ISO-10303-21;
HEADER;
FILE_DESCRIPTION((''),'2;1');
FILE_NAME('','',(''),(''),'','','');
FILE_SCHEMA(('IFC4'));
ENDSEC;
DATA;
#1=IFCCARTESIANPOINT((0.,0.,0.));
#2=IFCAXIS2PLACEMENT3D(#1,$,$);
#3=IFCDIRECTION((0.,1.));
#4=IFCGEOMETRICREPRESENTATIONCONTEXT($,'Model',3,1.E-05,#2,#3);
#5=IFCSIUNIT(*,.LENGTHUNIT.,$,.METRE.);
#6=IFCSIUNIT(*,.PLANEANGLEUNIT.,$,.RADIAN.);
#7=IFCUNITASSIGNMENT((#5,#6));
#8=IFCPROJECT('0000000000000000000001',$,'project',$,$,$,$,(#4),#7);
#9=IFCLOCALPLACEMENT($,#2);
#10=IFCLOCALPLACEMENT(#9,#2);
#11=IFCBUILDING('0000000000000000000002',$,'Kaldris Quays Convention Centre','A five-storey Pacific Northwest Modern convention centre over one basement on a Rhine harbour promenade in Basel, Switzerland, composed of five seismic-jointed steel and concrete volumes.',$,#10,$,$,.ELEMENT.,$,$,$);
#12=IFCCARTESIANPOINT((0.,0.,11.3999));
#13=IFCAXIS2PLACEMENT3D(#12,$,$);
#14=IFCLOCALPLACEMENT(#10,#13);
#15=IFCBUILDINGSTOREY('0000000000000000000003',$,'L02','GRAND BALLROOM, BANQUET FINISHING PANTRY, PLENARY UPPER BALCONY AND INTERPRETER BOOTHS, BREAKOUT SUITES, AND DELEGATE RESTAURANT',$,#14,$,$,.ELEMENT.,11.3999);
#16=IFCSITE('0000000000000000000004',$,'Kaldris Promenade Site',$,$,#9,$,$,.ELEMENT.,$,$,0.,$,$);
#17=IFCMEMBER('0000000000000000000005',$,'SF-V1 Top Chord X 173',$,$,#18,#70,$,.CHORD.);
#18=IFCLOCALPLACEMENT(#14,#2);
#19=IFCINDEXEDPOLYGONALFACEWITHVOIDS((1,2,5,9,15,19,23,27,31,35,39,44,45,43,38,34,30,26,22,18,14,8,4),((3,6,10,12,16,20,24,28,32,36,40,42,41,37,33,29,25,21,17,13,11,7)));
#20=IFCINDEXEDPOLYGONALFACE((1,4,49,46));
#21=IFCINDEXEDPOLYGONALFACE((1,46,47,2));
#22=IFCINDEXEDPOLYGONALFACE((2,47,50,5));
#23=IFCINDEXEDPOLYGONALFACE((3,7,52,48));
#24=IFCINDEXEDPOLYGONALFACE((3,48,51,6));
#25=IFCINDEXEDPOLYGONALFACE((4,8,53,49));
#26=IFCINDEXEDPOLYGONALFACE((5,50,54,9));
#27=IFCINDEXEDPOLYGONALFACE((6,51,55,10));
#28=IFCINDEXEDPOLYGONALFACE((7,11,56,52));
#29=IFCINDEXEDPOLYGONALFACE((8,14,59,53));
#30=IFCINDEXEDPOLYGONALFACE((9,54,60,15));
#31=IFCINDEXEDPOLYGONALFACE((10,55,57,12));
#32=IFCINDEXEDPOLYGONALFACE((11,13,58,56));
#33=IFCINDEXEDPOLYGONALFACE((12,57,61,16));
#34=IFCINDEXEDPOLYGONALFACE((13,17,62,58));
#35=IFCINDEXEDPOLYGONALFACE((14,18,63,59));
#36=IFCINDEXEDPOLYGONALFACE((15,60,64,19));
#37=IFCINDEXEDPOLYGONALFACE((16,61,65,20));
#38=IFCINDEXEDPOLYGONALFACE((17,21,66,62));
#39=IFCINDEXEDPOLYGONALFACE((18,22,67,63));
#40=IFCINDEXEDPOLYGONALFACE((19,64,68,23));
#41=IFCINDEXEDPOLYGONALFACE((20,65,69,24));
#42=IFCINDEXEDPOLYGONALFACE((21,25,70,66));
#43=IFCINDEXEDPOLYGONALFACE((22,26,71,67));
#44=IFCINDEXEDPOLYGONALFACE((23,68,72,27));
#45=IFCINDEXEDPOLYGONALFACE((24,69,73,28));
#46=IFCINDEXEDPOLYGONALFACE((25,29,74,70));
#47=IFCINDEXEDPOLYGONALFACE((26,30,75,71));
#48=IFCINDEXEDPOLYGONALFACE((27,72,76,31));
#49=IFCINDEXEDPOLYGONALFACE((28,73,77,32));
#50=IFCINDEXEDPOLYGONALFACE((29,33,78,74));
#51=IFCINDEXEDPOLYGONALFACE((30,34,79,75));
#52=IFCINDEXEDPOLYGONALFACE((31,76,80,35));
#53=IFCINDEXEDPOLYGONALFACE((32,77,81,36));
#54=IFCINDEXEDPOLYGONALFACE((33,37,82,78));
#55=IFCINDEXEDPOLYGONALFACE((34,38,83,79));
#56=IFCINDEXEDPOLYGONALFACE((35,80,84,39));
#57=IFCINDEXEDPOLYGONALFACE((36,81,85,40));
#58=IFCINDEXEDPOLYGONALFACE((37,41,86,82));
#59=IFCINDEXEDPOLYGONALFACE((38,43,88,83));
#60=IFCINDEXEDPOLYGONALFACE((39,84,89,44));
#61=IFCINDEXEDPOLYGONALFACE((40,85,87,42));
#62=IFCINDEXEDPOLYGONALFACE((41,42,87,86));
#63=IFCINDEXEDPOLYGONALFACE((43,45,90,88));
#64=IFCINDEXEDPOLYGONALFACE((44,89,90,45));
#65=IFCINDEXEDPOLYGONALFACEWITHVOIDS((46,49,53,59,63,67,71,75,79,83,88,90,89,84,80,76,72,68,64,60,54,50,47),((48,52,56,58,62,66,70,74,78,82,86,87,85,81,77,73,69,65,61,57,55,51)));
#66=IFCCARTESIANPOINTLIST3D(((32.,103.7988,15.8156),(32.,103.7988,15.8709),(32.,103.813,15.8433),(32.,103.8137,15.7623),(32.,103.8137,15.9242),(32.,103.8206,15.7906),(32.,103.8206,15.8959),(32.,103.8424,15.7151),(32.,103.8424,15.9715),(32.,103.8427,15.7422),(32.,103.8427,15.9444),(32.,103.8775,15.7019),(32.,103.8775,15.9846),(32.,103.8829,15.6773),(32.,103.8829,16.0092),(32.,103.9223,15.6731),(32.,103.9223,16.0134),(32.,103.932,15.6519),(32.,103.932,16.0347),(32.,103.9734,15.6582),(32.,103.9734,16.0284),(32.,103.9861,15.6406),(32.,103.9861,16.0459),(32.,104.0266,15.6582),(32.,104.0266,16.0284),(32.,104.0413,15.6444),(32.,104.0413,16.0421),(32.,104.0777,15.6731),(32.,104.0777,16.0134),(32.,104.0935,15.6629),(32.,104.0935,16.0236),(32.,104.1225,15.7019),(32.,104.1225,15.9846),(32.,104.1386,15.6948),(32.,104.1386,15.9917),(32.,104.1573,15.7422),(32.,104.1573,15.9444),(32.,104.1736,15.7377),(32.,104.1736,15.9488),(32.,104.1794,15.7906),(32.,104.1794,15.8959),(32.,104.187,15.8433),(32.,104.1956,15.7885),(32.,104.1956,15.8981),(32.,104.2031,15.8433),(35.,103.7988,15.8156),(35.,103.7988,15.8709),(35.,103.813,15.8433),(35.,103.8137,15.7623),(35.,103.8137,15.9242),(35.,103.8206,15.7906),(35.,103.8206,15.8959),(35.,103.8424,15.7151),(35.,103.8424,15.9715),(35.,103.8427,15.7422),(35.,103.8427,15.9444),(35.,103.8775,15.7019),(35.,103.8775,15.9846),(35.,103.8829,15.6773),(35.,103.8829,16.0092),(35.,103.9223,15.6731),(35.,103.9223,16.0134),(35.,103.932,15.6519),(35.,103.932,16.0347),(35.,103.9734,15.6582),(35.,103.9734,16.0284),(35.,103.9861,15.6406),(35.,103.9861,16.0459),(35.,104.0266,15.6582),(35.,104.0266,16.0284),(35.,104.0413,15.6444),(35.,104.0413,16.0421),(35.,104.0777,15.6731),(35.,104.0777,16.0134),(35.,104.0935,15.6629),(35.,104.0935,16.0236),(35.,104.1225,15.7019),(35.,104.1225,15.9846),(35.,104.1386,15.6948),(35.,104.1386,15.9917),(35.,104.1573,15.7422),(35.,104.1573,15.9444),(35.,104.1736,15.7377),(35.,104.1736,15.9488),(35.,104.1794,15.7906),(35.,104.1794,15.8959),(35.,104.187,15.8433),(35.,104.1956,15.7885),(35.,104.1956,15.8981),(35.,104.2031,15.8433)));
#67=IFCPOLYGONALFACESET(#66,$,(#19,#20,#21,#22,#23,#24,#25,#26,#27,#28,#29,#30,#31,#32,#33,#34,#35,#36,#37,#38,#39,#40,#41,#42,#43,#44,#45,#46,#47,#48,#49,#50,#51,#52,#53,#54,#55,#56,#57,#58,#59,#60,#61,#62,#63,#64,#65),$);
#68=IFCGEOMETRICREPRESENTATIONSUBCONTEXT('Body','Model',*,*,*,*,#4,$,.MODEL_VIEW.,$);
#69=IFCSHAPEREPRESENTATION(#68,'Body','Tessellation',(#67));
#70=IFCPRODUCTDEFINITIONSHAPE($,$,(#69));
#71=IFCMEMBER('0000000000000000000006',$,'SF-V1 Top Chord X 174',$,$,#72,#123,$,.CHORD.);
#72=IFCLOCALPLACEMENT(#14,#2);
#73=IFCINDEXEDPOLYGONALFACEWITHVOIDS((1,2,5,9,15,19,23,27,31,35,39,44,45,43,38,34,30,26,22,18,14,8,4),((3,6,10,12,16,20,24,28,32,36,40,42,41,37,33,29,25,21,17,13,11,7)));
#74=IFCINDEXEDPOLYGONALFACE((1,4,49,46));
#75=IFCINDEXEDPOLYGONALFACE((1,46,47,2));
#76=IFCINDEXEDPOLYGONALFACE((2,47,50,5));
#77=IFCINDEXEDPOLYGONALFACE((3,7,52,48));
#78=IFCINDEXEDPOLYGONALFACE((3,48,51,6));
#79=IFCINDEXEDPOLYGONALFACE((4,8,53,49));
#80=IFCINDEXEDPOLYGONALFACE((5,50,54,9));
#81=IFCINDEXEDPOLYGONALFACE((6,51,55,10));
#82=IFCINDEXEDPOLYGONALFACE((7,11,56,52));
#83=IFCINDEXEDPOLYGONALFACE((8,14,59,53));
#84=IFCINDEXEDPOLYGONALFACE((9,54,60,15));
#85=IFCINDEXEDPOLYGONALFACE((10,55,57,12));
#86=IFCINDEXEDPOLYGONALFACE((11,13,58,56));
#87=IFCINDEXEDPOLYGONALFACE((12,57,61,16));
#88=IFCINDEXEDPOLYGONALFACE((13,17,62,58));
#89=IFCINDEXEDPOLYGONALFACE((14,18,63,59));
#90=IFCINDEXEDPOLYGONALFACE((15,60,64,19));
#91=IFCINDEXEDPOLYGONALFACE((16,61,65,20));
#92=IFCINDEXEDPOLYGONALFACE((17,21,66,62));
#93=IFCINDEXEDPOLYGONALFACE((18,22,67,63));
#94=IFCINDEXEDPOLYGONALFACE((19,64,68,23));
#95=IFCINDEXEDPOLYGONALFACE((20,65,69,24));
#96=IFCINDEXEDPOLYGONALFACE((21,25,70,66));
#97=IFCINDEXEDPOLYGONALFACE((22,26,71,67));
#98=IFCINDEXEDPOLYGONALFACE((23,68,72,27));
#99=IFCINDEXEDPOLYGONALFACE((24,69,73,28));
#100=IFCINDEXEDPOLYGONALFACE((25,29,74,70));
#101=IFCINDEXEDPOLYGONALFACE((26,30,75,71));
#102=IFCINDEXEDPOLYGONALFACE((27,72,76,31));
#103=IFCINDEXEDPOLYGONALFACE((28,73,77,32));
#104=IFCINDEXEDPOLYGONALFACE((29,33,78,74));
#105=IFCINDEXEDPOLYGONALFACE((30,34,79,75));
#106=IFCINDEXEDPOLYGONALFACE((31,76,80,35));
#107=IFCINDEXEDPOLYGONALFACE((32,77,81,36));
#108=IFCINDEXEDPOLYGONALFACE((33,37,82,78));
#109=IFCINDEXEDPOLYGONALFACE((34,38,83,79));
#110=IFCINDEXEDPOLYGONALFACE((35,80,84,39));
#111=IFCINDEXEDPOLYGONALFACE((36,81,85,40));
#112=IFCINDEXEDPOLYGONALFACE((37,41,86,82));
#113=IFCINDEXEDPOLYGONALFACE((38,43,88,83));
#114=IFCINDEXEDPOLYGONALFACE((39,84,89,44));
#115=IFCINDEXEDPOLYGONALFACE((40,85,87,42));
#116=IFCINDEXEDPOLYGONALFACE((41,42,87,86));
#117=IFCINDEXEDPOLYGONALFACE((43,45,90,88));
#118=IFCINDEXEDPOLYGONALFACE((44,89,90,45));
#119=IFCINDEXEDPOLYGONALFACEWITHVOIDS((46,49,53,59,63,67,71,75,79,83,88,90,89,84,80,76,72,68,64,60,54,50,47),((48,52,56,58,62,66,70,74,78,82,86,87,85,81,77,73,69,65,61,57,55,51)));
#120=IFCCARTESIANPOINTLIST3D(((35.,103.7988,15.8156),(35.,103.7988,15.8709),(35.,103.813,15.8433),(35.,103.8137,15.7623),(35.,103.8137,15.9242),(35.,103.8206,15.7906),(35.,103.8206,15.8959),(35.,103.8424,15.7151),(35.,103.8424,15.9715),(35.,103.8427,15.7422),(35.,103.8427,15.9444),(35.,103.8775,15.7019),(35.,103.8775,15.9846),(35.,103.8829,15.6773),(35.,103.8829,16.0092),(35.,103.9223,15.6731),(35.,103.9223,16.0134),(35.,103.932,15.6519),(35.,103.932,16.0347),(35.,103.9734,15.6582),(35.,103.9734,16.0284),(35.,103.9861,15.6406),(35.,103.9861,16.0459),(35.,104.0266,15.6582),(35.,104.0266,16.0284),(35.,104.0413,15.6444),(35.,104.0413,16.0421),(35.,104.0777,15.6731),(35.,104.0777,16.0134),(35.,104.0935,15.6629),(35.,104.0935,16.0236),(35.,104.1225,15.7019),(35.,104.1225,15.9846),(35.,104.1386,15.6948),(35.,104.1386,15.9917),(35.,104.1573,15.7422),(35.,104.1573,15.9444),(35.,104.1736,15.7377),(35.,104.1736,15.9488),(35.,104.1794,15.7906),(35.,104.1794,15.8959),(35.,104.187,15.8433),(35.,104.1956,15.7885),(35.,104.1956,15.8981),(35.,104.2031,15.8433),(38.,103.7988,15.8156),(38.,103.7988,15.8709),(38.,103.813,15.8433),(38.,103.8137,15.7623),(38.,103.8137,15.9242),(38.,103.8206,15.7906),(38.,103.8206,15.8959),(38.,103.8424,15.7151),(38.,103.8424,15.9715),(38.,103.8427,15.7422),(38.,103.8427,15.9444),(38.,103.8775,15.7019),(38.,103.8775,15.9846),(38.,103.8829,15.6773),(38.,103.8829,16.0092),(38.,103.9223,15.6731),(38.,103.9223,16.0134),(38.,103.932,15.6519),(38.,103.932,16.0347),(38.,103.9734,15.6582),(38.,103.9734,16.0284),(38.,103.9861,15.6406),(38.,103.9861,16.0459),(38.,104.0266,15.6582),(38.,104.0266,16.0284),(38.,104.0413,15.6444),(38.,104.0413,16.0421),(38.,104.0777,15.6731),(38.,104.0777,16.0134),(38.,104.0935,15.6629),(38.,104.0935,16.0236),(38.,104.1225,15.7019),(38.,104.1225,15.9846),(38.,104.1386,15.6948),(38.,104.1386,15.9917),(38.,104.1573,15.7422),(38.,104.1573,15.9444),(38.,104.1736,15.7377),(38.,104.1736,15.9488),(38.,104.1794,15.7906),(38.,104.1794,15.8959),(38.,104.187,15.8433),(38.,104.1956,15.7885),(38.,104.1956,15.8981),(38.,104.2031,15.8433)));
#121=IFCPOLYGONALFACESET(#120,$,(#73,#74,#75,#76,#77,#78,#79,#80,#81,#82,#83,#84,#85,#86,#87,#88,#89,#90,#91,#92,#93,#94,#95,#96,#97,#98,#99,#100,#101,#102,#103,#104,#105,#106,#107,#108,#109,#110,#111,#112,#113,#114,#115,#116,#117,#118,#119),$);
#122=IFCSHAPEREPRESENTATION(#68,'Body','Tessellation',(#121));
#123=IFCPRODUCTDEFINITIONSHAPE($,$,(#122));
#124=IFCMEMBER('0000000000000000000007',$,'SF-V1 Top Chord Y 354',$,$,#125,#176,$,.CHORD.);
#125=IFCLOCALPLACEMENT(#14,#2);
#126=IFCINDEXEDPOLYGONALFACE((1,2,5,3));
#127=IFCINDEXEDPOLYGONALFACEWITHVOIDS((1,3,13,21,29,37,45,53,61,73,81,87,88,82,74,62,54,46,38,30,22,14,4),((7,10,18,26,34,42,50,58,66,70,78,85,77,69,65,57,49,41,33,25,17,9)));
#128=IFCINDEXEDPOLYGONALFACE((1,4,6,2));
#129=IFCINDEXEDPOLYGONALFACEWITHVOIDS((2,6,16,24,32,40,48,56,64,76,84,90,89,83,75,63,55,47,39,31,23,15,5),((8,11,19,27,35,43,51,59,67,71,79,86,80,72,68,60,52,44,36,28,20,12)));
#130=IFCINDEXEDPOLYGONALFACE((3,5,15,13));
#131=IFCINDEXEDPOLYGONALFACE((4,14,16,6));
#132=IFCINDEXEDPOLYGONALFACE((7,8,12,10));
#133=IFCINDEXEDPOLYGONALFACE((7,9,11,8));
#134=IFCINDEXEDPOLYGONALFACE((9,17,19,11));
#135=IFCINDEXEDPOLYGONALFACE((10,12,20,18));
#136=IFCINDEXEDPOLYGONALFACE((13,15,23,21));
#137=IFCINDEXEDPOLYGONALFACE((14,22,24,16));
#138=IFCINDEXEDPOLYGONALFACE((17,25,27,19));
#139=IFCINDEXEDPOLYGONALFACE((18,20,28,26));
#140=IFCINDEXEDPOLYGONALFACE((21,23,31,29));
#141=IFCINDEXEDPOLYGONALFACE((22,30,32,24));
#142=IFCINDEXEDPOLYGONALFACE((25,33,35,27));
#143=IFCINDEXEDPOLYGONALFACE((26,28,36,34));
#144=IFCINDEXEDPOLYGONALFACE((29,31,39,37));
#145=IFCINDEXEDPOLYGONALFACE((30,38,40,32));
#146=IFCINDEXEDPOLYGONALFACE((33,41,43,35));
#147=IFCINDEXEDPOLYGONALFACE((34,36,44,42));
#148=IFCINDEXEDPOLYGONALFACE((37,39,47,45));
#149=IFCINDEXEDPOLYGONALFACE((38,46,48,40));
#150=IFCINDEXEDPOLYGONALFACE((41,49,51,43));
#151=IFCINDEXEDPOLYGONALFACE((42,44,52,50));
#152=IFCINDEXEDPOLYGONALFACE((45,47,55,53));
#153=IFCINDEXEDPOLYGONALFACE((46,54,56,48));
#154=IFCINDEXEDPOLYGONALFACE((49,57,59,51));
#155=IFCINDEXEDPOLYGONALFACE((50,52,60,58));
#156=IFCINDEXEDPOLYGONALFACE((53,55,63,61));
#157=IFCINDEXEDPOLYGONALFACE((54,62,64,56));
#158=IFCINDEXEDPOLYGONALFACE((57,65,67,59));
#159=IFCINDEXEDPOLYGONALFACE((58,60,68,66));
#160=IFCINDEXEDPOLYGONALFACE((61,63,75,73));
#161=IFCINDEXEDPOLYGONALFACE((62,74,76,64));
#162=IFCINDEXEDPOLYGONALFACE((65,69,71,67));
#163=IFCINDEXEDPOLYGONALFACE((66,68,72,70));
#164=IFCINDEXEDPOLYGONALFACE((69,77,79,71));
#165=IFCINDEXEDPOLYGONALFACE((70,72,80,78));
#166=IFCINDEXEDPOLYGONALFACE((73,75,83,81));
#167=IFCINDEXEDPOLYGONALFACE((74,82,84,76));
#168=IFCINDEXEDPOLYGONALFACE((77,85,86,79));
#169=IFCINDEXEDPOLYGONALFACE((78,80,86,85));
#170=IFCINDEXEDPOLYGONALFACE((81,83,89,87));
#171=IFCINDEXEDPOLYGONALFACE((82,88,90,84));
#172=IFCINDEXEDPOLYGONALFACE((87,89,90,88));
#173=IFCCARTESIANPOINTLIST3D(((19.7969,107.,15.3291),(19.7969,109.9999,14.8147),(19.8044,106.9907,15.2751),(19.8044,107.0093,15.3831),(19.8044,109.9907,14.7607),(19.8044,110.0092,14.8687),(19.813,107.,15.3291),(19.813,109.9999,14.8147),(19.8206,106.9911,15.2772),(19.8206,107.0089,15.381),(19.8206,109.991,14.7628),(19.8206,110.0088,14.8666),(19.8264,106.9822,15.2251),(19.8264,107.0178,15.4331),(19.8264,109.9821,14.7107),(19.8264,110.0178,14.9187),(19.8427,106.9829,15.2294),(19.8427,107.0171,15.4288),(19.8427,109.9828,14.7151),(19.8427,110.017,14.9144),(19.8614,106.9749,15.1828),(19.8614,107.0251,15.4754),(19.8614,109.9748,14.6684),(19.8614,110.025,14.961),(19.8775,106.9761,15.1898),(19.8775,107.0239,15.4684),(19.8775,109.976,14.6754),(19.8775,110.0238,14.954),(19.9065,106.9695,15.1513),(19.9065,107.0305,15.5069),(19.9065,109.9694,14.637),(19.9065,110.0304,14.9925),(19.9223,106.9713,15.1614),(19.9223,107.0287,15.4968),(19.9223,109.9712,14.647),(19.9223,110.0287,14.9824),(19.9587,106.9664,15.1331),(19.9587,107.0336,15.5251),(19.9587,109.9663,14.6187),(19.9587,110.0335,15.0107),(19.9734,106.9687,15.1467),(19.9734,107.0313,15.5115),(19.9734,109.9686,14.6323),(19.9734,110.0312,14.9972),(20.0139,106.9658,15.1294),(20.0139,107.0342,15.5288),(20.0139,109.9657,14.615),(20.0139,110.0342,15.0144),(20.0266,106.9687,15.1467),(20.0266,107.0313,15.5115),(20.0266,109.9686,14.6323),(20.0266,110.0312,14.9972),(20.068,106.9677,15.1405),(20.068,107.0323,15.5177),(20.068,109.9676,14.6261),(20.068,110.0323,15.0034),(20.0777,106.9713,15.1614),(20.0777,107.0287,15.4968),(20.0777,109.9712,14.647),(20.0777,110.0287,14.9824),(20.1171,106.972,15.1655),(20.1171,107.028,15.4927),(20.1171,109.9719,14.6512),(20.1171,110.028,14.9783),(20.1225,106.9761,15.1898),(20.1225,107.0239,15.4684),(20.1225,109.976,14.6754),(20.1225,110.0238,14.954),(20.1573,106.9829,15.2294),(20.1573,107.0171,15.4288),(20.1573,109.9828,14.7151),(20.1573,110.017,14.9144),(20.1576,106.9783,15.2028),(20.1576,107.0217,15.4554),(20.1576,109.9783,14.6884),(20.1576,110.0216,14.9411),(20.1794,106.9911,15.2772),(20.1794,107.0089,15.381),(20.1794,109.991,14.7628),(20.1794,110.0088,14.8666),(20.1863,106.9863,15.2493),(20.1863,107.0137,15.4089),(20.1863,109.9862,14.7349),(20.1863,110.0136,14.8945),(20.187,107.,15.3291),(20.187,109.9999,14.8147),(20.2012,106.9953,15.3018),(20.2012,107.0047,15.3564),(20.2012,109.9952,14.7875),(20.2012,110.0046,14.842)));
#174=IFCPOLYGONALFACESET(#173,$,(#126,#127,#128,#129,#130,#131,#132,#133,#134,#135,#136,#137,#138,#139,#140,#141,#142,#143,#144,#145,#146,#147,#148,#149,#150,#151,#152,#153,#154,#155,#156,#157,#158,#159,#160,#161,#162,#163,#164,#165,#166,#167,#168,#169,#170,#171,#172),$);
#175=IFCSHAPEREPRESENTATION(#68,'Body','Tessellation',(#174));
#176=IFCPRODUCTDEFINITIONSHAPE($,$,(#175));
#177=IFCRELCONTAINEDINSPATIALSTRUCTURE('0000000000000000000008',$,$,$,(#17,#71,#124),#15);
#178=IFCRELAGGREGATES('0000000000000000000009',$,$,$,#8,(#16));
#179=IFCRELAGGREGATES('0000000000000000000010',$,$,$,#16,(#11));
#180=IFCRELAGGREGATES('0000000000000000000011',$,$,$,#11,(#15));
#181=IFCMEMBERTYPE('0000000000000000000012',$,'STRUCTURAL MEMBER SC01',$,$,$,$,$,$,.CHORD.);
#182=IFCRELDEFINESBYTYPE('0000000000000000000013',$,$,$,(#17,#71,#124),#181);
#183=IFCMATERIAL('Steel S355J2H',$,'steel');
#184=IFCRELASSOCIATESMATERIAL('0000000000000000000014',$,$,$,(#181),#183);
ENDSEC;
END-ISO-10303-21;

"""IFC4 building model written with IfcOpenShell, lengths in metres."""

from ifc_helpers import new_model, si_unit, direction, frame, origin, origin_2d, place, context, subcontext, project, spatial, hollow_circle, extrude, material, material_profile, profile_set, type_object, element, save


model = new_model("IFC4")

# Units and contexts
model_context = context("Model", 3, precision=1e-05, world=origin(), true_north=direction((0.0, 1.0)))
body_context = subcontext(model_context, "Body", "Model", "MODEL_VIEW")
ifc_project = project(units=[si_unit("LENGTHUNIT", "METRE"), si_unit("PLANEANGLEUNIT", "RADIAN")], contexts=[model_context])

# Site, building, storey
site_placement = place(None, origin())
site = spatial("IfcSite", under=ifc_project, at=site_placement, Name="Kaldris Promenade Site", CompositionType="ELEMENT", RefElevation=0.0)
building_placement = place(site_placement, origin())
building = spatial("IfcBuilding", under=site, at=building_placement, Name="Kaldris Quays Convention Centre", Description="A five-storey Pacific Northwest Modern convention centre over one basement on a Rhine harbour promenade in Basel, Switzerland, composed of five seismic-jointed steel and concrete volumes.", CompositionType="ELEMENT")
storey_placement = place(building_placement, frame((0.0, 0.0, 11.3999)))
storey = spatial("IfcBuildingStorey", under=building, at=storey_placement, Name="L02", Description="GRAND BALLROOM, BANQUET FINISHING PANTRY, PLENARY UPPER BALCONY AND INTERPRETER BOOTHS, BREAKOUT SUITES, AND DELEGATE RESTAURANT", CompositionType="ELEMENT", Elevation=11.3999)

# Members
ifc_material_1 = material(Name="Steel S355J2H", Category="steel")
ifc_material_profile_1 = material_profile(ifc_material_1, hollow_circle(Radius=0.2031, WallThickness=0.0161, at=origin_2d()), Name="CHS 406.4x16")
ifc_profile_set_1 = profile_set([ifc_material_profile_1], Name="Steel S355J2H")
member_type_1 = type_object("IfcMemberType", Name="STRUCTURAL MEMBER SC01", PredefinedType="CHORD", material=ifc_profile_set_1)
for number, where, z_axis, x_axis, name in (
    (1, (32.0, 104.0, 15.8433), (1.0, 0.0, 0.0), (0.0, 1.0, 0.0), "SF-V1 Top Chord X 173"),
    (2, (35.0, 104.0, 15.8433), (1.0, 0.0, 0.0), (0.0, 1.0, 0.0), "SF-V1 Top Chord X 174"),
):
    element("IfcMember", number, at=place(storey_placement, frame(where, z_axis=z_axis, x_axis=x_axis)), inside=storey, type_object=member_type_1, Name=name, PredefinedType="CHORD", context=body_context, shape_type="SweptSolid", body=[
        extrude(hollow_circle(Radius=0.2031, WallThickness=0.0161, at=origin_2d()), origin(), (0.0, 0.0, 1.0), 3.0),
    ])
for number, where, z_axis, x_axis, name in (
    (3, (20.0, 107.0, 15.3291), (0.0, 0.985616, -0.169002), (-1.0, 0.0, 0.0), "SF-V1 Top Chord Y 354"),
):
    element("IfcMember", number, at=place(storey_placement, frame(where, z_axis=z_axis, x_axis=x_axis)), inside=storey, type_object=member_type_1, Name=name, PredefinedType="CHORD", context=body_context, shape_type="SweptSolid", body=[
        extrude(hollow_circle(Radius=0.2031, WallThickness=0.0161, at=origin_2d()), origin(), (0.0, 0.0, 1.0), 3.0437),
    ])

save(model, "model.ifc")
